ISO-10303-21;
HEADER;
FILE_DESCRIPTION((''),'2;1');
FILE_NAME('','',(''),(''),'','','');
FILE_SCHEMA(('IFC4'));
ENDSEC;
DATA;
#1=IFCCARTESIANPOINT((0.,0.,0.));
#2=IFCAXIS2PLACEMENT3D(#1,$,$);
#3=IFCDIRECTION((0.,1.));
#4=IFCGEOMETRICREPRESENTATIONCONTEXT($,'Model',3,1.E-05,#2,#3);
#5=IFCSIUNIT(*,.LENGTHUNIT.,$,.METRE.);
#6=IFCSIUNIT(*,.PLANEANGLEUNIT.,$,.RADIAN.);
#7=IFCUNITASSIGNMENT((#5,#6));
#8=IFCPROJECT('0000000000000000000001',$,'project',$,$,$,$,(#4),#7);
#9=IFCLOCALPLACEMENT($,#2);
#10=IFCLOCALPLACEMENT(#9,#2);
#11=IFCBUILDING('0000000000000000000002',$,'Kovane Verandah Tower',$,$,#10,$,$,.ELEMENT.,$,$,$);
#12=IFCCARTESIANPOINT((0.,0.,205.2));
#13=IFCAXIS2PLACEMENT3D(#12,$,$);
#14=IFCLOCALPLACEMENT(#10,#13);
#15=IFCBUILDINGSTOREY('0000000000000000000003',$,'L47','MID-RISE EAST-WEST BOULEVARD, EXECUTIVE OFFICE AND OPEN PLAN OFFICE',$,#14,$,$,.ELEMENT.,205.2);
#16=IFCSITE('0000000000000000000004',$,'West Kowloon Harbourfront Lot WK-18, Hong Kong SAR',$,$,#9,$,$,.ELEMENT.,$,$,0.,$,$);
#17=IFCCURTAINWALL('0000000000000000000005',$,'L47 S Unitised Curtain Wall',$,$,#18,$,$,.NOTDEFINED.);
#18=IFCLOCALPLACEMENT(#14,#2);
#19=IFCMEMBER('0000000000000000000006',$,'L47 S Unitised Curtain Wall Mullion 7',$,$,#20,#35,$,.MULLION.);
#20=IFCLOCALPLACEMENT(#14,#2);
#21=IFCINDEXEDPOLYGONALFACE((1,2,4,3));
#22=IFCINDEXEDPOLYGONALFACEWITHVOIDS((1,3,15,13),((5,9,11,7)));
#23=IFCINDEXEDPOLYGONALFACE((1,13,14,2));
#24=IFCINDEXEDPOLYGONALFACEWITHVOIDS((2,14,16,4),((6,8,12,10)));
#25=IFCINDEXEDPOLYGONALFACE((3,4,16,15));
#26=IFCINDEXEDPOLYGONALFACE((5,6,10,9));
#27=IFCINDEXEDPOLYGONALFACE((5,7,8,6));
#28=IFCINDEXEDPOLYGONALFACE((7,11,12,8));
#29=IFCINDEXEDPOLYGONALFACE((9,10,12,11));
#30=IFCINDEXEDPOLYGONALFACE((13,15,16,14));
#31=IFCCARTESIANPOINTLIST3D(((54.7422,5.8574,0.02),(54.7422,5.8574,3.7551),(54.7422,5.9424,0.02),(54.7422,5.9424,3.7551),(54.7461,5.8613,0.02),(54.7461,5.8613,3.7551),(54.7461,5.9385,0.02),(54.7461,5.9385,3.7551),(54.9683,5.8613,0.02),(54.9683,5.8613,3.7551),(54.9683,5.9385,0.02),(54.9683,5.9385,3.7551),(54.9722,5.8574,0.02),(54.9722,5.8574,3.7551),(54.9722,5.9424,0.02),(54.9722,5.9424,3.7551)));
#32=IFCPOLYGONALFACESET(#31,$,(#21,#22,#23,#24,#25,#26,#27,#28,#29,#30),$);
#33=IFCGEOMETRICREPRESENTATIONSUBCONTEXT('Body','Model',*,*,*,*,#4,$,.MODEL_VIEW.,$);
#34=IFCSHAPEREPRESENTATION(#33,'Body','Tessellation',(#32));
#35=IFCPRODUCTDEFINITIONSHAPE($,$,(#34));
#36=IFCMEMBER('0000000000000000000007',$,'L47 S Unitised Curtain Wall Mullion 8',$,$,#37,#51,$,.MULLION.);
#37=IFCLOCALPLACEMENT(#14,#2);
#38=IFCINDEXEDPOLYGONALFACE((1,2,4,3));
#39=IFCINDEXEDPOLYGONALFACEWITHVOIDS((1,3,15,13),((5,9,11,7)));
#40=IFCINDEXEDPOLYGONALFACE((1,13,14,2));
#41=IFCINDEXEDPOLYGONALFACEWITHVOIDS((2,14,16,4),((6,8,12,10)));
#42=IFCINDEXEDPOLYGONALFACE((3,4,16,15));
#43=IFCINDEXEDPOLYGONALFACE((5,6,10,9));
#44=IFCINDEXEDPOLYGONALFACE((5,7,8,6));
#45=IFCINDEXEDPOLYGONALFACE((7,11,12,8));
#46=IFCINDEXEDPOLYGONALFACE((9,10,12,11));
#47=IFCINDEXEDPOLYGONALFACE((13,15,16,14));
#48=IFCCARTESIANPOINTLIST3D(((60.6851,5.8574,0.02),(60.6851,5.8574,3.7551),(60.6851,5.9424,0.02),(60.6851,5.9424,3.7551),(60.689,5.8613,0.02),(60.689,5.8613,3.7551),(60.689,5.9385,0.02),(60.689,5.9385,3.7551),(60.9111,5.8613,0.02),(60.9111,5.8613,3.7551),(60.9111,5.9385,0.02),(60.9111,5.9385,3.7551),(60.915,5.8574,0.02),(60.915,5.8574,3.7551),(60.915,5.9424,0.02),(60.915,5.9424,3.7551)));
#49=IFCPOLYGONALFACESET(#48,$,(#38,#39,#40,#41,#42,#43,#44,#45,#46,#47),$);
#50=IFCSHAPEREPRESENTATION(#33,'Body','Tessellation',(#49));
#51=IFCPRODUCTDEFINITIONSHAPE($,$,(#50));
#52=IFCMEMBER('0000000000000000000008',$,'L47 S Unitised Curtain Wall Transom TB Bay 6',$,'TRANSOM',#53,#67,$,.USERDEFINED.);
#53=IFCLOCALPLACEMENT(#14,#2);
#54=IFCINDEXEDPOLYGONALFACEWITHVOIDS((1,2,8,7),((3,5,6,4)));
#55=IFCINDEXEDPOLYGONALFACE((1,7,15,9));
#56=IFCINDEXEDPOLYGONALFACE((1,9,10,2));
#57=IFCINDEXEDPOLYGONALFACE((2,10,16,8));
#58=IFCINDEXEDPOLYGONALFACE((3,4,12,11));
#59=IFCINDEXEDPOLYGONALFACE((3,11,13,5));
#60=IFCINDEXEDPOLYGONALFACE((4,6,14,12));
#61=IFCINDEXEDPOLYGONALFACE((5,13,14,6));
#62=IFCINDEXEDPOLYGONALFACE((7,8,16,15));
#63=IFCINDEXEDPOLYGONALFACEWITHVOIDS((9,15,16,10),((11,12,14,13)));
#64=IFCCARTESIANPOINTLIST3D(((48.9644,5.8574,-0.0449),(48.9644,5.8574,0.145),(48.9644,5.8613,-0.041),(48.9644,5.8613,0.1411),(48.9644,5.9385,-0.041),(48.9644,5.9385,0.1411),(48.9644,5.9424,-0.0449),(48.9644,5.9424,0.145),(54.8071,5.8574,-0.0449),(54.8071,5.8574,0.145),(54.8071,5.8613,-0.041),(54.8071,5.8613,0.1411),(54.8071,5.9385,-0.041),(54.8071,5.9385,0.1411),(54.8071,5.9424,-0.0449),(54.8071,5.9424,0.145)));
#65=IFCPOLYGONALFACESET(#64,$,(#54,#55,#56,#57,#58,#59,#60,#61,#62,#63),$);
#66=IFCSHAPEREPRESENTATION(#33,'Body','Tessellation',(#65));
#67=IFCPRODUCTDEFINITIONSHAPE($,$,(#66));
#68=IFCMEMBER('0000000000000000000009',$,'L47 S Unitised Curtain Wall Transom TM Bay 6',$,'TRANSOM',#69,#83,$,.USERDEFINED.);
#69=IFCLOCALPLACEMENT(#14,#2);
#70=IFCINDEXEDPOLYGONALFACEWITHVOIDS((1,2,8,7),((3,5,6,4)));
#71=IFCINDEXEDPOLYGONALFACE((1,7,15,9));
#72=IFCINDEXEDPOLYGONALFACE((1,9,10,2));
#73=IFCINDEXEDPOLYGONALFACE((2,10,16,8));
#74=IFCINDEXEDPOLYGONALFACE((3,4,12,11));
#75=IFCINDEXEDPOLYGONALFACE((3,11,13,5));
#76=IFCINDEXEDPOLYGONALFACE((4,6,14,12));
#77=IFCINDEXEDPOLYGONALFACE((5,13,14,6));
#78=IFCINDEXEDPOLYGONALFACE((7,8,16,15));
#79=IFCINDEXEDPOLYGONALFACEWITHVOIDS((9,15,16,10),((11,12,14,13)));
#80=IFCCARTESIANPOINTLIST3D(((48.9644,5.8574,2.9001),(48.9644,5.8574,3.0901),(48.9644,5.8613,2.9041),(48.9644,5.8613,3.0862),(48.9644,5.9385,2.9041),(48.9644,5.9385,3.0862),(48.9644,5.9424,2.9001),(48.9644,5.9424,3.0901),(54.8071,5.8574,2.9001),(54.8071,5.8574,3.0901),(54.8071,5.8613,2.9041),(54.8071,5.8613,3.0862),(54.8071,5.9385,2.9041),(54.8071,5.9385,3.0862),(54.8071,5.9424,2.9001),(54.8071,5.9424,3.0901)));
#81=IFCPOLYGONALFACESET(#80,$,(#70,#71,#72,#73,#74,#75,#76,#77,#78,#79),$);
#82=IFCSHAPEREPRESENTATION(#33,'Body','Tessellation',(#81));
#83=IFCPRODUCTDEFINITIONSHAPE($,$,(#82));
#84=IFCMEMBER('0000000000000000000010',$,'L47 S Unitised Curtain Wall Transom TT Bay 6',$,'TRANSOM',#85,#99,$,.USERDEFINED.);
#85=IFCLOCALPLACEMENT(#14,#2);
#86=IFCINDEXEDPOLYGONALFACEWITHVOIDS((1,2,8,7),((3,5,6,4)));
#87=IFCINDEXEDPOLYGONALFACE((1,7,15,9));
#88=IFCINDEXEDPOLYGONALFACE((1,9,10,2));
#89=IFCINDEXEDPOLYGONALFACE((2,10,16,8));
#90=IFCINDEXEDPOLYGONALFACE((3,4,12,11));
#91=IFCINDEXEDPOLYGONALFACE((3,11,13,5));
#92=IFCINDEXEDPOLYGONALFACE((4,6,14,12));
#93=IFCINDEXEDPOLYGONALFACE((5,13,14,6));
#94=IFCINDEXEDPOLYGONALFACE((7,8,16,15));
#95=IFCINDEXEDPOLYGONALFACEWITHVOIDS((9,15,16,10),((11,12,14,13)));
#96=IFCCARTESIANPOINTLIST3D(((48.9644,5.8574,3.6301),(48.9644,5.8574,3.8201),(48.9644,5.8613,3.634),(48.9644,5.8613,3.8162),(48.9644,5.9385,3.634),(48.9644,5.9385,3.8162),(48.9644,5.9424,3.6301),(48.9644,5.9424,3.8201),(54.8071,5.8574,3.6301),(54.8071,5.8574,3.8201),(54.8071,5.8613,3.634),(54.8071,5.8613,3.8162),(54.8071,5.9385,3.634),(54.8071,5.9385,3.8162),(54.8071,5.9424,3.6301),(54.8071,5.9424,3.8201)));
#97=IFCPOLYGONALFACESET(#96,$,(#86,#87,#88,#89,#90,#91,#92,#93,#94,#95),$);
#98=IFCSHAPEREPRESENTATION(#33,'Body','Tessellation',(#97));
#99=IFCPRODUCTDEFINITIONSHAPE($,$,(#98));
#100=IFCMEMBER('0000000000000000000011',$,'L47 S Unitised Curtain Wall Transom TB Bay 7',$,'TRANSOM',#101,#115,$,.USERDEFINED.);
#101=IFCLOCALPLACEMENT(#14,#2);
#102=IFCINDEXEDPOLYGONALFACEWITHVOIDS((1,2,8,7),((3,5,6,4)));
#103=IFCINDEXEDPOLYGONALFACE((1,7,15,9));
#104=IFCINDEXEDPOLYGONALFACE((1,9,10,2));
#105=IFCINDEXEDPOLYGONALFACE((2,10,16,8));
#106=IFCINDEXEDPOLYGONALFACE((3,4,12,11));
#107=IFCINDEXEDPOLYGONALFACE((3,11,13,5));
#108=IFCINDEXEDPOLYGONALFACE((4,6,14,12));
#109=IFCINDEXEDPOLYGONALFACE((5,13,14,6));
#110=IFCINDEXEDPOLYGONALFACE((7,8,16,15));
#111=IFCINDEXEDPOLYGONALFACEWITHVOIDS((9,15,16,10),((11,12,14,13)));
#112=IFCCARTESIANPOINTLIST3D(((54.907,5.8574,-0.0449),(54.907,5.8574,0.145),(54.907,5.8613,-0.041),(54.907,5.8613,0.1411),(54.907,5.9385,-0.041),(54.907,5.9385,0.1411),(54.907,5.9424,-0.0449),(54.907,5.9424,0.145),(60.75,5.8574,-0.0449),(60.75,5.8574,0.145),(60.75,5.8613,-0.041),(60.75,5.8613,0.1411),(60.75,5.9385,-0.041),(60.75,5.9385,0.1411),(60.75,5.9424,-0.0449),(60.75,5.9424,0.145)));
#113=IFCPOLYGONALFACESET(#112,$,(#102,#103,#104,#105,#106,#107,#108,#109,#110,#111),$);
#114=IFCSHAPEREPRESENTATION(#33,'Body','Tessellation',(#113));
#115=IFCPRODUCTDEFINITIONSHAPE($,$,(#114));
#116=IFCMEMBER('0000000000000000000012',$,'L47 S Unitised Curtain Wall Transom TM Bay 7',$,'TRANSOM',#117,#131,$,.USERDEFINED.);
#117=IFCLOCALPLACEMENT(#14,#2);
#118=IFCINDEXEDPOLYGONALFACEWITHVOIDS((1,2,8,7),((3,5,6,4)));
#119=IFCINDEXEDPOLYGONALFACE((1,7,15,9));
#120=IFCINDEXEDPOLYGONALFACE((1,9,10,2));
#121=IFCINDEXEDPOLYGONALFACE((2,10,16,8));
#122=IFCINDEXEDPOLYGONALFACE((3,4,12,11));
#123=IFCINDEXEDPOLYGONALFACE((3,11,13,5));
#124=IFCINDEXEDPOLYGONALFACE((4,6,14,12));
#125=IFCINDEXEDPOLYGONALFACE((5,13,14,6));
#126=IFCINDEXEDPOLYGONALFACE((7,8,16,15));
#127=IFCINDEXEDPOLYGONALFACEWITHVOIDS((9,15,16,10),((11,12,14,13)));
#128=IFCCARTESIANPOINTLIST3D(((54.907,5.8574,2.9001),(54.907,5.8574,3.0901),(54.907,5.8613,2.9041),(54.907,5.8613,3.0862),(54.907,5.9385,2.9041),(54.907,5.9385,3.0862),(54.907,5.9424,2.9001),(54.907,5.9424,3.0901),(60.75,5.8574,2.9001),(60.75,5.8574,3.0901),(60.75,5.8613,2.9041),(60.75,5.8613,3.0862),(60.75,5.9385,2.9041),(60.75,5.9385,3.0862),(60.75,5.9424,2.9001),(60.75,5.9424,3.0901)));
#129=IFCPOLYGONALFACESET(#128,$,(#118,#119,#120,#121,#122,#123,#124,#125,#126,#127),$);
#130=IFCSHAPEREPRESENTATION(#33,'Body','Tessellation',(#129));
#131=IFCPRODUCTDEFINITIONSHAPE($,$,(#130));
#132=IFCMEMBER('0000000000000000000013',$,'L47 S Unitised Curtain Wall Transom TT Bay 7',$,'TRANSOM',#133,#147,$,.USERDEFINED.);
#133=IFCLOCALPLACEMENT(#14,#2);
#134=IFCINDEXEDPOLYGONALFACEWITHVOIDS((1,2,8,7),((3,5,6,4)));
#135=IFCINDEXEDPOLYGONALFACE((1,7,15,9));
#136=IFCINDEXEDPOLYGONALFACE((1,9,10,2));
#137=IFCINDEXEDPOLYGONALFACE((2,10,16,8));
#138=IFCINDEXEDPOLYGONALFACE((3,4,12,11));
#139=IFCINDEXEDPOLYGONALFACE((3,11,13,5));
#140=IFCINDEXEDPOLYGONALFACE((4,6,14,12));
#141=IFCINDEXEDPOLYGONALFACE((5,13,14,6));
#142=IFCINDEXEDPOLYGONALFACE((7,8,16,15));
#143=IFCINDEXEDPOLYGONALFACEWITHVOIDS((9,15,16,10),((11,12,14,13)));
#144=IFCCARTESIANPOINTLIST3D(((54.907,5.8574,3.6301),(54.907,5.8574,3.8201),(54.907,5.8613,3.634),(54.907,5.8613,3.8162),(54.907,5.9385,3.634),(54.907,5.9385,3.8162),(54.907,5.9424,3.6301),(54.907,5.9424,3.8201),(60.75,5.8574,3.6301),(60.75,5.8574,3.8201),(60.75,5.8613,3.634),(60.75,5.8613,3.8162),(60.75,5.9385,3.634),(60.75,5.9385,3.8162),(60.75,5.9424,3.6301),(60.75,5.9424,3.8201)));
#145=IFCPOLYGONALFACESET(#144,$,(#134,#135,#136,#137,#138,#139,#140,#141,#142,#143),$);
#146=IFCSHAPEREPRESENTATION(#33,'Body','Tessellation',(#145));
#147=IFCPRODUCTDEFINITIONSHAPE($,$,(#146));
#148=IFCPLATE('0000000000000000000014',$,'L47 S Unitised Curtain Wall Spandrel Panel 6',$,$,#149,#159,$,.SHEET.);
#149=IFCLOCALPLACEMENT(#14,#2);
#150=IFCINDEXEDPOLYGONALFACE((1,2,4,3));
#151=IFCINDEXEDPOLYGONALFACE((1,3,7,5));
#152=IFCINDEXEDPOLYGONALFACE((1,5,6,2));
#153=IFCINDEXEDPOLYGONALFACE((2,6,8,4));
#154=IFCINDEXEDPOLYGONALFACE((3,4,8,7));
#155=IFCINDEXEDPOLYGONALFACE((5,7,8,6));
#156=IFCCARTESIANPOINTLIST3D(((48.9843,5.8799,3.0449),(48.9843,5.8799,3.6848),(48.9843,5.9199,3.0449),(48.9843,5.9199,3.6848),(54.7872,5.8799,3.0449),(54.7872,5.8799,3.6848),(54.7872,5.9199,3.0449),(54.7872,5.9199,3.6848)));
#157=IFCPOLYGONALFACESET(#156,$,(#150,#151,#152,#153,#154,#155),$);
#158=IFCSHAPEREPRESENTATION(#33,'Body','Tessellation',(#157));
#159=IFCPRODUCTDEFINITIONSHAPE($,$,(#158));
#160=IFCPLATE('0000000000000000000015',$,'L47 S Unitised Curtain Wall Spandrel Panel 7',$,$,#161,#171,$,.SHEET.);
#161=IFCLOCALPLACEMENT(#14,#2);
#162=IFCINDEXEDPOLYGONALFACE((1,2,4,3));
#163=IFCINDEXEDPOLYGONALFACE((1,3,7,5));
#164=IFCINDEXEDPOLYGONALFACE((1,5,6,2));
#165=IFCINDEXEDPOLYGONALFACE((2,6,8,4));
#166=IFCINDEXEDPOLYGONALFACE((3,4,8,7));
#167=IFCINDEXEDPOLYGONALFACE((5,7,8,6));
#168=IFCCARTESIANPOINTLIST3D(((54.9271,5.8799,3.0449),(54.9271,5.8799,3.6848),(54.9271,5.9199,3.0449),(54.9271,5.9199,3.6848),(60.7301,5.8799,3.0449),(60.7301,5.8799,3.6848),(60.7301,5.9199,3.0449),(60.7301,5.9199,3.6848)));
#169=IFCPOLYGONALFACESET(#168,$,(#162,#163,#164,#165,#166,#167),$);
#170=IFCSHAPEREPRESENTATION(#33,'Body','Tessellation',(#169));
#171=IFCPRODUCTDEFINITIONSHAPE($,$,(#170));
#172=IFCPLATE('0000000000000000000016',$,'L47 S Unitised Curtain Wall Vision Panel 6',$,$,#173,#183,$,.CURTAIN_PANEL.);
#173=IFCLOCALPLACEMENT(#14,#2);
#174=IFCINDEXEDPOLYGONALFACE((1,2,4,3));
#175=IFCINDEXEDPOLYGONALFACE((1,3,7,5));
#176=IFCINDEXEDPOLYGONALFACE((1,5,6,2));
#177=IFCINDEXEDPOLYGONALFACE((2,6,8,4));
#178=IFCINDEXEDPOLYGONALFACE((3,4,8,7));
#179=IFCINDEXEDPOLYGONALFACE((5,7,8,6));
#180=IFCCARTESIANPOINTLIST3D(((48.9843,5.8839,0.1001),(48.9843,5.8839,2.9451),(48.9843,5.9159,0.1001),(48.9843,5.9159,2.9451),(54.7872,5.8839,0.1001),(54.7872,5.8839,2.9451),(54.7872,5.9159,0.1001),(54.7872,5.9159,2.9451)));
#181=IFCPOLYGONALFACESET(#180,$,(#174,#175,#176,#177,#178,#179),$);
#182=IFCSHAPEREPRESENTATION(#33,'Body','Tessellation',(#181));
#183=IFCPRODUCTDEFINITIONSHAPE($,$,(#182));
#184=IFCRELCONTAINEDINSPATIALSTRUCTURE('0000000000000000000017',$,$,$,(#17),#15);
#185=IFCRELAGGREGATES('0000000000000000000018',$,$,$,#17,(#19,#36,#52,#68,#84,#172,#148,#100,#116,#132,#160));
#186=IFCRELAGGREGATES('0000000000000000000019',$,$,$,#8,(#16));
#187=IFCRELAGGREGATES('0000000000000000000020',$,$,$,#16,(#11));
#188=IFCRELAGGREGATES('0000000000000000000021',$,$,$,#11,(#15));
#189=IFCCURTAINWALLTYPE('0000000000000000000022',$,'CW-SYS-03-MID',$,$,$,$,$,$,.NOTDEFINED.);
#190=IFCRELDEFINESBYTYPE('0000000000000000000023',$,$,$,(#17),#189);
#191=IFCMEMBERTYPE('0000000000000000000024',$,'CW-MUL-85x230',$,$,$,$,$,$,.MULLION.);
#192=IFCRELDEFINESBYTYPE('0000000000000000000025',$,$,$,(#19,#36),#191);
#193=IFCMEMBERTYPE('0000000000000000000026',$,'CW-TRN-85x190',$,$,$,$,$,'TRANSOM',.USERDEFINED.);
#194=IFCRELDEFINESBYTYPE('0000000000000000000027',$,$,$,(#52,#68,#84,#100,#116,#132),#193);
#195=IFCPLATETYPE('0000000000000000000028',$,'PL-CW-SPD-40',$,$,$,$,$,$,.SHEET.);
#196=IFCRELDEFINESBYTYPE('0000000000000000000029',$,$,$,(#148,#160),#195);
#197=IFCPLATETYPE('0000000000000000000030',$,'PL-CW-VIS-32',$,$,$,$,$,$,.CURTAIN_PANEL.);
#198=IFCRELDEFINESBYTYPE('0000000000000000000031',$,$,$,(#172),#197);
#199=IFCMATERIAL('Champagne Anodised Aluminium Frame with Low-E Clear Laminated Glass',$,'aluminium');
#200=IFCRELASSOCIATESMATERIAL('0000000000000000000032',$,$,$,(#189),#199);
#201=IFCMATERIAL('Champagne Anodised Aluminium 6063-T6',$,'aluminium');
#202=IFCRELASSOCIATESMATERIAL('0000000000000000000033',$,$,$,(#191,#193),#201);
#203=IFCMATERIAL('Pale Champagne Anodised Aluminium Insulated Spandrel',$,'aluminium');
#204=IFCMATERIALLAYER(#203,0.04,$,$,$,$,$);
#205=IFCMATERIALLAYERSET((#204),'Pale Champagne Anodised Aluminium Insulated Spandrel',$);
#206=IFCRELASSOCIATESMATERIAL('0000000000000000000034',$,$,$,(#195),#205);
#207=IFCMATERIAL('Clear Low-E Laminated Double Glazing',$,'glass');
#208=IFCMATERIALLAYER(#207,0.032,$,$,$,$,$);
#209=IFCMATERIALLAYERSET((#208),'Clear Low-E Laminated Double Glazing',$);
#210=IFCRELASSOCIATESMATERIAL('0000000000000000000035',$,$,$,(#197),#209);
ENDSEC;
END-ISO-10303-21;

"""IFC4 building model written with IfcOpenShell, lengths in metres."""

from ifc_helpers import new_model, si_unit, direction, frame, origin, origin_2d, place, context, subcontext, project, spatial, rectangle, hollow_rectangle, extrude, material, layer, layer_set, material_profile, profile_set, type_object, element, aggregate, save


model = new_model("IFC4")

# Units and contexts
model_context = context("Model", 3, precision=1e-05, world=origin(), true_north=direction((0.0, 1.0)))
body_context = subcontext(model_context, "Body", "Model", "MODEL_VIEW")
ifc_project = project(units=[si_unit("LENGTHUNIT", "METRE"), si_unit("PLANEANGLEUNIT", "RADIAN")], contexts=[model_context])

# Site, building, storey
site_placement = place(None, origin())
site = spatial("IfcSite", under=ifc_project, at=site_placement, Name="West Kowloon Harbourfront Lot WK-18, Hong Kong SAR", CompositionType="ELEMENT", RefElevation=0.0)
building_placement = place(site_placement, origin())
building = spatial("IfcBuilding", under=site, at=building_placement, Name="Kovane Verandah Tower", CompositionType="ELEMENT")
storey_placement = place(building_placement, frame((0.0, 0.0, 205.2)))
storey = spatial("IfcBuildingStorey", under=building, at=storey_placement, Name="L47", Description="MID-RISE EAST-WEST BOULEVARD, EXECUTIVE OFFICE AND OPEN PLAN OFFICE", CompositionType="ELEMENT", Elevation=205.2)

# Curtain wall, members, plates
ifc_material_1 = material(Name="Champagne Anodised Aluminium Frame with Low-E Clear Laminated Glass", Category="aluminium")
curtain_wall_type = type_object("IfcCurtainWallType", Name="CW-SYS-03-MID", PredefinedType="NOTDEFINED", material=ifc_material_1)
curtain_wall_placement = place(storey_placement, origin())
curtain_wall = element("IfcCurtainWall", 1, at=curtain_wall_placement, inside=storey, type_object=curtain_wall_type, Name="L47 S Unitised Curtain Wall", PredefinedType="NOTDEFINED")
ifc_material_2 = material(Name="Champagne Anodised Aluminium 6063-T6", Category="aluminium")
ifc_material_profile_1 = material_profile(ifc_material_2, hollow_rectangle(XDim=0.085, YDim=0.23, WallThickness=0.0039, at=origin_2d()), Name="AL85x230x4")
ifc_profile_set_1 = profile_set([ifc_material_profile_1], Name="Champagne Anodised Aluminium 6063-T6")
member_type_1 = type_object("IfcMemberType", Name="CW-MUL-85x230", PredefinedType="MULLION", material=ifc_profile_set_1)
member_1_placement = place(storey_placement, frame((54.8572, 5.8999, 0.02), z_axis=(0.0, 0.0, 1.0), x_axis=(0.0, -1.0, 0.0)))
member_1 = element("IfcMember", 2, at=member_1_placement, type_object=member_type_1, Name="L47 S Unitised Curtain Wall Mullion 7", PredefinedType="MULLION", context=body_context, shape_type="SweptSolid", body=[
    extrude(hollow_rectangle(XDim=0.085, YDim=0.23, WallThickness=0.0039, at=origin_2d()), origin(), (0.0, 0.0, 1.0), 3.7351),
])
member_2_placement = place(storey_placement, frame((60.8, 5.8999, 0.02), z_axis=(0.0, 0.0, 1.0), x_axis=(0.0, -1.0, 0.0)))
member_2 = element("IfcMember", 3, at=member_2_placement, type_object=member_type_1, Name="L47 S Unitised Curtain Wall Mullion 8", PredefinedType="MULLION", context=body_context, shape_type="SweptSolid", body=[
    extrude(hollow_rectangle(XDim=0.085, YDim=0.23, WallThickness=0.0039, at=origin_2d()), origin(), (0.0, 0.0, 1.0), 3.7351),
])
ifc_material_profile_2 = material_profile(ifc_material_2, hollow_rectangle(XDim=0.085, YDim=0.1899, WallThickness=0.0039, at=origin_2d()), Name="AL85x190x4")
ifc_profile_set_2 = profile_set([ifc_material_profile_2], Name="Champagne Anodised Aluminium 6063-T6")
member_type_2 = type_object("IfcMemberType", Name="CW-TRN-85x190", ElementType="TRANSOM", PredefinedType="USERDEFINED", material=ifc_profile_set_2)
member_3_placement = place(storey_placement, frame((48.9644, 5.8999, 0.05), z_axis=(1.0, 0.0, 0.0), x_axis=(0.0, 1.0, 0.0)))
member_3 = element("IfcMember", 4, at=member_3_placement, type_object=member_type_2, Name="L47 S Unitised Curtain Wall Transom TB Bay 6", ObjectType="TRANSOM", PredefinedType="USERDEFINED", context=body_context, shape_type="SweptSolid", body=[
    extrude(hollow_rectangle(XDim=0.085, YDim=0.1899, WallThickness=0.0039, at=origin_2d()), origin(), (0.0, 0.0, 1.0), 5.8428),
])
member_4_placement = place(storey_placement, frame((48.9644, 5.8999, 2.9951), z_axis=(1.0, 0.0, 0.0), x_axis=(0.0, 1.0, 0.0)))
member_4 = element("IfcMember", 5, at=member_4_placement, type_object=member_type_2, Name="L47 S Unitised Curtain Wall Transom TM Bay 6", ObjectType="TRANSOM", PredefinedType="USERDEFINED", context=body_context, shape_type="SweptSolid", body=[
    extrude(hollow_rectangle(XDim=0.085, YDim=0.1899, WallThickness=0.0039, at=origin_2d()), origin(), (0.0, 0.0, 1.0), 5.8428),
])
member_5_placement = place(storey_placement, frame((48.9644, 5.8999, 3.7251), z_axis=(1.0, 0.0, 0.0), x_axis=(0.0, 1.0, 0.0)))
member_5 = element("IfcMember", 6, at=member_5_placement, type_object=member_type_2, Name="L47 S Unitised Curtain Wall Transom TT Bay 6", ObjectType="TRANSOM", PredefinedType="USERDEFINED", context=body_context, shape_type="SweptSolid", body=[
    extrude(hollow_rectangle(XDim=0.085, YDim=0.1899, WallThickness=0.0039, at=origin_2d()), origin(), (0.0, 0.0, 1.0), 5.8428),
])
member_6_placement = place(storey_placement, frame((54.907, 5.8999, 0.05), z_axis=(1.0, 0.0, 0.0), x_axis=(0.0, 1.0, 0.0)))
member_6 = element("IfcMember", 7, at=member_6_placement, type_object=member_type_2, Name="L47 S Unitised Curtain Wall Transom TB Bay 7", ObjectType="TRANSOM", PredefinedType="USERDEFINED", context=body_context, shape_type="SweptSolid", body=[
    extrude(hollow_rectangle(XDim=0.085, YDim=0.1899, WallThickness=0.0039, at=origin_2d()), origin(), (0.0, 0.0, 1.0), 5.843),
])
member_7_placement = place(storey_placement, frame((54.907, 5.8999, 2.9951), z_axis=(1.0, 0.0, 0.0), x_axis=(0.0, 1.0, 0.0)))
member_7 = element("IfcMember", 8, at=member_7_placement, type_object=member_type_2, Name="L47 S Unitised Curtain Wall Transom TM Bay 7", ObjectType="TRANSOM", PredefinedType="USERDEFINED", context=body_context, shape_type="SweptSolid", body=[
    extrude(hollow_rectangle(XDim=0.085, YDim=0.1899, WallThickness=0.0039, at=origin_2d()), origin(), (0.0, 0.0, 1.0), 5.843),
])
member_8_placement = place(storey_placement, frame((54.907, 5.8999, 3.7251), z_axis=(1.0, 0.0, 0.0), x_axis=(0.0, 1.0, 0.0)))
member_8 = element("IfcMember", 9, at=member_8_placement, type_object=member_type_2, Name="L47 S Unitised Curtain Wall Transom TT Bay 7", ObjectType="TRANSOM", PredefinedType="USERDEFINED", context=body_context, shape_type="SweptSolid", body=[
    extrude(hollow_rectangle(XDim=0.085, YDim=0.1899, WallThickness=0.0039, at=origin_2d()), origin(), (0.0, 0.0, 1.0), 5.843),
])
ifc_material_3 = material(Name="Pale Champagne Anodised Aluminium Insulated Spandrel", Category="aluminium")
ifc_layer_1 = layer(ifc_material_3, 0.04)
ifc_layer_set_1 = layer_set([ifc_layer_1], Name="Pale Champagne Anodised Aluminium Insulated Spandrel")
plate_type_1 = type_object("IfcPlateType", Name="PL-CW-SPD-40", PredefinedType="SHEET", material=ifc_layer_set_1)
plate_1_placement = place(storey_placement, frame((51.8857, 5.8999, 3.0449), z_axis=(0.0, 0.0, 1.0), x_axis=(1.0, 0.0, 0.0)))
plate_1 = element("IfcPlate", 10, at=plate_1_placement, type_object=plate_type_1, Name="L47 S Unitised Curtain Wall Spandrel Panel 6", PredefinedType="SHEET", context=body_context, shape_type="SweptSolid", body=[
    extrude(rectangle(XDim=5.803, YDim=0.04, at=origin_2d()), origin(), (0.0, 0.0, 1.0), 0.6399),
])
plate_2_placement = place(storey_placement, frame((57.8286, 5.8999, 3.0449), z_axis=(0.0, 0.0, 1.0), x_axis=(1.0, 0.0, 0.0)))
plate_2 = element("IfcPlate", 11, at=plate_2_placement, type_object=plate_type_1, Name="L47 S Unitised Curtain Wall Spandrel Panel 7", PredefinedType="SHEET", context=body_context, shape_type="SweptSolid", body=[
    extrude(rectangle(XDim=5.803, YDim=0.04, at=origin_2d()), origin(), (0.0, 0.0, 1.0), 0.6399),
])
ifc_material_4 = material(Name="Clear Low-E Laminated Double Glazing", Category="glass")
ifc_layer_2 = layer(ifc_material_4, 0.032)
ifc_layer_set_2 = layer_set([ifc_layer_2], Name="Clear Low-E Laminated Double Glazing")
plate_type_2 = type_object("IfcPlateType", Name="PL-CW-VIS-32", PredefinedType="CURTAIN_PANEL", material=ifc_layer_set_2)
plate_3_placement = place(storey_placement, frame((51.8857, 5.8999, 0.1001), z_axis=(0.0, 0.0, 1.0), x_axis=(1.0, 0.0, 0.0)))
plate_3 = element("IfcPlate", 12, at=plate_3_placement, type_object=plate_type_2, Name="L47 S Unitised Curtain Wall Vision Panel 6", PredefinedType="CURTAIN_PANEL", context=body_context, shape_type="SweptSolid", body=[
    extrude(rectangle(XDim=5.803, YDim=0.032, at=origin_2d()), origin(), (0.0, 0.0, 1.0), 2.845),
])
aggregate(curtain_wall, [member_1, member_2, member_3, member_4, member_5, plate_3, plate_1, member_6, member_7, member_8, plate_2])

save(model, "model.ifc")
